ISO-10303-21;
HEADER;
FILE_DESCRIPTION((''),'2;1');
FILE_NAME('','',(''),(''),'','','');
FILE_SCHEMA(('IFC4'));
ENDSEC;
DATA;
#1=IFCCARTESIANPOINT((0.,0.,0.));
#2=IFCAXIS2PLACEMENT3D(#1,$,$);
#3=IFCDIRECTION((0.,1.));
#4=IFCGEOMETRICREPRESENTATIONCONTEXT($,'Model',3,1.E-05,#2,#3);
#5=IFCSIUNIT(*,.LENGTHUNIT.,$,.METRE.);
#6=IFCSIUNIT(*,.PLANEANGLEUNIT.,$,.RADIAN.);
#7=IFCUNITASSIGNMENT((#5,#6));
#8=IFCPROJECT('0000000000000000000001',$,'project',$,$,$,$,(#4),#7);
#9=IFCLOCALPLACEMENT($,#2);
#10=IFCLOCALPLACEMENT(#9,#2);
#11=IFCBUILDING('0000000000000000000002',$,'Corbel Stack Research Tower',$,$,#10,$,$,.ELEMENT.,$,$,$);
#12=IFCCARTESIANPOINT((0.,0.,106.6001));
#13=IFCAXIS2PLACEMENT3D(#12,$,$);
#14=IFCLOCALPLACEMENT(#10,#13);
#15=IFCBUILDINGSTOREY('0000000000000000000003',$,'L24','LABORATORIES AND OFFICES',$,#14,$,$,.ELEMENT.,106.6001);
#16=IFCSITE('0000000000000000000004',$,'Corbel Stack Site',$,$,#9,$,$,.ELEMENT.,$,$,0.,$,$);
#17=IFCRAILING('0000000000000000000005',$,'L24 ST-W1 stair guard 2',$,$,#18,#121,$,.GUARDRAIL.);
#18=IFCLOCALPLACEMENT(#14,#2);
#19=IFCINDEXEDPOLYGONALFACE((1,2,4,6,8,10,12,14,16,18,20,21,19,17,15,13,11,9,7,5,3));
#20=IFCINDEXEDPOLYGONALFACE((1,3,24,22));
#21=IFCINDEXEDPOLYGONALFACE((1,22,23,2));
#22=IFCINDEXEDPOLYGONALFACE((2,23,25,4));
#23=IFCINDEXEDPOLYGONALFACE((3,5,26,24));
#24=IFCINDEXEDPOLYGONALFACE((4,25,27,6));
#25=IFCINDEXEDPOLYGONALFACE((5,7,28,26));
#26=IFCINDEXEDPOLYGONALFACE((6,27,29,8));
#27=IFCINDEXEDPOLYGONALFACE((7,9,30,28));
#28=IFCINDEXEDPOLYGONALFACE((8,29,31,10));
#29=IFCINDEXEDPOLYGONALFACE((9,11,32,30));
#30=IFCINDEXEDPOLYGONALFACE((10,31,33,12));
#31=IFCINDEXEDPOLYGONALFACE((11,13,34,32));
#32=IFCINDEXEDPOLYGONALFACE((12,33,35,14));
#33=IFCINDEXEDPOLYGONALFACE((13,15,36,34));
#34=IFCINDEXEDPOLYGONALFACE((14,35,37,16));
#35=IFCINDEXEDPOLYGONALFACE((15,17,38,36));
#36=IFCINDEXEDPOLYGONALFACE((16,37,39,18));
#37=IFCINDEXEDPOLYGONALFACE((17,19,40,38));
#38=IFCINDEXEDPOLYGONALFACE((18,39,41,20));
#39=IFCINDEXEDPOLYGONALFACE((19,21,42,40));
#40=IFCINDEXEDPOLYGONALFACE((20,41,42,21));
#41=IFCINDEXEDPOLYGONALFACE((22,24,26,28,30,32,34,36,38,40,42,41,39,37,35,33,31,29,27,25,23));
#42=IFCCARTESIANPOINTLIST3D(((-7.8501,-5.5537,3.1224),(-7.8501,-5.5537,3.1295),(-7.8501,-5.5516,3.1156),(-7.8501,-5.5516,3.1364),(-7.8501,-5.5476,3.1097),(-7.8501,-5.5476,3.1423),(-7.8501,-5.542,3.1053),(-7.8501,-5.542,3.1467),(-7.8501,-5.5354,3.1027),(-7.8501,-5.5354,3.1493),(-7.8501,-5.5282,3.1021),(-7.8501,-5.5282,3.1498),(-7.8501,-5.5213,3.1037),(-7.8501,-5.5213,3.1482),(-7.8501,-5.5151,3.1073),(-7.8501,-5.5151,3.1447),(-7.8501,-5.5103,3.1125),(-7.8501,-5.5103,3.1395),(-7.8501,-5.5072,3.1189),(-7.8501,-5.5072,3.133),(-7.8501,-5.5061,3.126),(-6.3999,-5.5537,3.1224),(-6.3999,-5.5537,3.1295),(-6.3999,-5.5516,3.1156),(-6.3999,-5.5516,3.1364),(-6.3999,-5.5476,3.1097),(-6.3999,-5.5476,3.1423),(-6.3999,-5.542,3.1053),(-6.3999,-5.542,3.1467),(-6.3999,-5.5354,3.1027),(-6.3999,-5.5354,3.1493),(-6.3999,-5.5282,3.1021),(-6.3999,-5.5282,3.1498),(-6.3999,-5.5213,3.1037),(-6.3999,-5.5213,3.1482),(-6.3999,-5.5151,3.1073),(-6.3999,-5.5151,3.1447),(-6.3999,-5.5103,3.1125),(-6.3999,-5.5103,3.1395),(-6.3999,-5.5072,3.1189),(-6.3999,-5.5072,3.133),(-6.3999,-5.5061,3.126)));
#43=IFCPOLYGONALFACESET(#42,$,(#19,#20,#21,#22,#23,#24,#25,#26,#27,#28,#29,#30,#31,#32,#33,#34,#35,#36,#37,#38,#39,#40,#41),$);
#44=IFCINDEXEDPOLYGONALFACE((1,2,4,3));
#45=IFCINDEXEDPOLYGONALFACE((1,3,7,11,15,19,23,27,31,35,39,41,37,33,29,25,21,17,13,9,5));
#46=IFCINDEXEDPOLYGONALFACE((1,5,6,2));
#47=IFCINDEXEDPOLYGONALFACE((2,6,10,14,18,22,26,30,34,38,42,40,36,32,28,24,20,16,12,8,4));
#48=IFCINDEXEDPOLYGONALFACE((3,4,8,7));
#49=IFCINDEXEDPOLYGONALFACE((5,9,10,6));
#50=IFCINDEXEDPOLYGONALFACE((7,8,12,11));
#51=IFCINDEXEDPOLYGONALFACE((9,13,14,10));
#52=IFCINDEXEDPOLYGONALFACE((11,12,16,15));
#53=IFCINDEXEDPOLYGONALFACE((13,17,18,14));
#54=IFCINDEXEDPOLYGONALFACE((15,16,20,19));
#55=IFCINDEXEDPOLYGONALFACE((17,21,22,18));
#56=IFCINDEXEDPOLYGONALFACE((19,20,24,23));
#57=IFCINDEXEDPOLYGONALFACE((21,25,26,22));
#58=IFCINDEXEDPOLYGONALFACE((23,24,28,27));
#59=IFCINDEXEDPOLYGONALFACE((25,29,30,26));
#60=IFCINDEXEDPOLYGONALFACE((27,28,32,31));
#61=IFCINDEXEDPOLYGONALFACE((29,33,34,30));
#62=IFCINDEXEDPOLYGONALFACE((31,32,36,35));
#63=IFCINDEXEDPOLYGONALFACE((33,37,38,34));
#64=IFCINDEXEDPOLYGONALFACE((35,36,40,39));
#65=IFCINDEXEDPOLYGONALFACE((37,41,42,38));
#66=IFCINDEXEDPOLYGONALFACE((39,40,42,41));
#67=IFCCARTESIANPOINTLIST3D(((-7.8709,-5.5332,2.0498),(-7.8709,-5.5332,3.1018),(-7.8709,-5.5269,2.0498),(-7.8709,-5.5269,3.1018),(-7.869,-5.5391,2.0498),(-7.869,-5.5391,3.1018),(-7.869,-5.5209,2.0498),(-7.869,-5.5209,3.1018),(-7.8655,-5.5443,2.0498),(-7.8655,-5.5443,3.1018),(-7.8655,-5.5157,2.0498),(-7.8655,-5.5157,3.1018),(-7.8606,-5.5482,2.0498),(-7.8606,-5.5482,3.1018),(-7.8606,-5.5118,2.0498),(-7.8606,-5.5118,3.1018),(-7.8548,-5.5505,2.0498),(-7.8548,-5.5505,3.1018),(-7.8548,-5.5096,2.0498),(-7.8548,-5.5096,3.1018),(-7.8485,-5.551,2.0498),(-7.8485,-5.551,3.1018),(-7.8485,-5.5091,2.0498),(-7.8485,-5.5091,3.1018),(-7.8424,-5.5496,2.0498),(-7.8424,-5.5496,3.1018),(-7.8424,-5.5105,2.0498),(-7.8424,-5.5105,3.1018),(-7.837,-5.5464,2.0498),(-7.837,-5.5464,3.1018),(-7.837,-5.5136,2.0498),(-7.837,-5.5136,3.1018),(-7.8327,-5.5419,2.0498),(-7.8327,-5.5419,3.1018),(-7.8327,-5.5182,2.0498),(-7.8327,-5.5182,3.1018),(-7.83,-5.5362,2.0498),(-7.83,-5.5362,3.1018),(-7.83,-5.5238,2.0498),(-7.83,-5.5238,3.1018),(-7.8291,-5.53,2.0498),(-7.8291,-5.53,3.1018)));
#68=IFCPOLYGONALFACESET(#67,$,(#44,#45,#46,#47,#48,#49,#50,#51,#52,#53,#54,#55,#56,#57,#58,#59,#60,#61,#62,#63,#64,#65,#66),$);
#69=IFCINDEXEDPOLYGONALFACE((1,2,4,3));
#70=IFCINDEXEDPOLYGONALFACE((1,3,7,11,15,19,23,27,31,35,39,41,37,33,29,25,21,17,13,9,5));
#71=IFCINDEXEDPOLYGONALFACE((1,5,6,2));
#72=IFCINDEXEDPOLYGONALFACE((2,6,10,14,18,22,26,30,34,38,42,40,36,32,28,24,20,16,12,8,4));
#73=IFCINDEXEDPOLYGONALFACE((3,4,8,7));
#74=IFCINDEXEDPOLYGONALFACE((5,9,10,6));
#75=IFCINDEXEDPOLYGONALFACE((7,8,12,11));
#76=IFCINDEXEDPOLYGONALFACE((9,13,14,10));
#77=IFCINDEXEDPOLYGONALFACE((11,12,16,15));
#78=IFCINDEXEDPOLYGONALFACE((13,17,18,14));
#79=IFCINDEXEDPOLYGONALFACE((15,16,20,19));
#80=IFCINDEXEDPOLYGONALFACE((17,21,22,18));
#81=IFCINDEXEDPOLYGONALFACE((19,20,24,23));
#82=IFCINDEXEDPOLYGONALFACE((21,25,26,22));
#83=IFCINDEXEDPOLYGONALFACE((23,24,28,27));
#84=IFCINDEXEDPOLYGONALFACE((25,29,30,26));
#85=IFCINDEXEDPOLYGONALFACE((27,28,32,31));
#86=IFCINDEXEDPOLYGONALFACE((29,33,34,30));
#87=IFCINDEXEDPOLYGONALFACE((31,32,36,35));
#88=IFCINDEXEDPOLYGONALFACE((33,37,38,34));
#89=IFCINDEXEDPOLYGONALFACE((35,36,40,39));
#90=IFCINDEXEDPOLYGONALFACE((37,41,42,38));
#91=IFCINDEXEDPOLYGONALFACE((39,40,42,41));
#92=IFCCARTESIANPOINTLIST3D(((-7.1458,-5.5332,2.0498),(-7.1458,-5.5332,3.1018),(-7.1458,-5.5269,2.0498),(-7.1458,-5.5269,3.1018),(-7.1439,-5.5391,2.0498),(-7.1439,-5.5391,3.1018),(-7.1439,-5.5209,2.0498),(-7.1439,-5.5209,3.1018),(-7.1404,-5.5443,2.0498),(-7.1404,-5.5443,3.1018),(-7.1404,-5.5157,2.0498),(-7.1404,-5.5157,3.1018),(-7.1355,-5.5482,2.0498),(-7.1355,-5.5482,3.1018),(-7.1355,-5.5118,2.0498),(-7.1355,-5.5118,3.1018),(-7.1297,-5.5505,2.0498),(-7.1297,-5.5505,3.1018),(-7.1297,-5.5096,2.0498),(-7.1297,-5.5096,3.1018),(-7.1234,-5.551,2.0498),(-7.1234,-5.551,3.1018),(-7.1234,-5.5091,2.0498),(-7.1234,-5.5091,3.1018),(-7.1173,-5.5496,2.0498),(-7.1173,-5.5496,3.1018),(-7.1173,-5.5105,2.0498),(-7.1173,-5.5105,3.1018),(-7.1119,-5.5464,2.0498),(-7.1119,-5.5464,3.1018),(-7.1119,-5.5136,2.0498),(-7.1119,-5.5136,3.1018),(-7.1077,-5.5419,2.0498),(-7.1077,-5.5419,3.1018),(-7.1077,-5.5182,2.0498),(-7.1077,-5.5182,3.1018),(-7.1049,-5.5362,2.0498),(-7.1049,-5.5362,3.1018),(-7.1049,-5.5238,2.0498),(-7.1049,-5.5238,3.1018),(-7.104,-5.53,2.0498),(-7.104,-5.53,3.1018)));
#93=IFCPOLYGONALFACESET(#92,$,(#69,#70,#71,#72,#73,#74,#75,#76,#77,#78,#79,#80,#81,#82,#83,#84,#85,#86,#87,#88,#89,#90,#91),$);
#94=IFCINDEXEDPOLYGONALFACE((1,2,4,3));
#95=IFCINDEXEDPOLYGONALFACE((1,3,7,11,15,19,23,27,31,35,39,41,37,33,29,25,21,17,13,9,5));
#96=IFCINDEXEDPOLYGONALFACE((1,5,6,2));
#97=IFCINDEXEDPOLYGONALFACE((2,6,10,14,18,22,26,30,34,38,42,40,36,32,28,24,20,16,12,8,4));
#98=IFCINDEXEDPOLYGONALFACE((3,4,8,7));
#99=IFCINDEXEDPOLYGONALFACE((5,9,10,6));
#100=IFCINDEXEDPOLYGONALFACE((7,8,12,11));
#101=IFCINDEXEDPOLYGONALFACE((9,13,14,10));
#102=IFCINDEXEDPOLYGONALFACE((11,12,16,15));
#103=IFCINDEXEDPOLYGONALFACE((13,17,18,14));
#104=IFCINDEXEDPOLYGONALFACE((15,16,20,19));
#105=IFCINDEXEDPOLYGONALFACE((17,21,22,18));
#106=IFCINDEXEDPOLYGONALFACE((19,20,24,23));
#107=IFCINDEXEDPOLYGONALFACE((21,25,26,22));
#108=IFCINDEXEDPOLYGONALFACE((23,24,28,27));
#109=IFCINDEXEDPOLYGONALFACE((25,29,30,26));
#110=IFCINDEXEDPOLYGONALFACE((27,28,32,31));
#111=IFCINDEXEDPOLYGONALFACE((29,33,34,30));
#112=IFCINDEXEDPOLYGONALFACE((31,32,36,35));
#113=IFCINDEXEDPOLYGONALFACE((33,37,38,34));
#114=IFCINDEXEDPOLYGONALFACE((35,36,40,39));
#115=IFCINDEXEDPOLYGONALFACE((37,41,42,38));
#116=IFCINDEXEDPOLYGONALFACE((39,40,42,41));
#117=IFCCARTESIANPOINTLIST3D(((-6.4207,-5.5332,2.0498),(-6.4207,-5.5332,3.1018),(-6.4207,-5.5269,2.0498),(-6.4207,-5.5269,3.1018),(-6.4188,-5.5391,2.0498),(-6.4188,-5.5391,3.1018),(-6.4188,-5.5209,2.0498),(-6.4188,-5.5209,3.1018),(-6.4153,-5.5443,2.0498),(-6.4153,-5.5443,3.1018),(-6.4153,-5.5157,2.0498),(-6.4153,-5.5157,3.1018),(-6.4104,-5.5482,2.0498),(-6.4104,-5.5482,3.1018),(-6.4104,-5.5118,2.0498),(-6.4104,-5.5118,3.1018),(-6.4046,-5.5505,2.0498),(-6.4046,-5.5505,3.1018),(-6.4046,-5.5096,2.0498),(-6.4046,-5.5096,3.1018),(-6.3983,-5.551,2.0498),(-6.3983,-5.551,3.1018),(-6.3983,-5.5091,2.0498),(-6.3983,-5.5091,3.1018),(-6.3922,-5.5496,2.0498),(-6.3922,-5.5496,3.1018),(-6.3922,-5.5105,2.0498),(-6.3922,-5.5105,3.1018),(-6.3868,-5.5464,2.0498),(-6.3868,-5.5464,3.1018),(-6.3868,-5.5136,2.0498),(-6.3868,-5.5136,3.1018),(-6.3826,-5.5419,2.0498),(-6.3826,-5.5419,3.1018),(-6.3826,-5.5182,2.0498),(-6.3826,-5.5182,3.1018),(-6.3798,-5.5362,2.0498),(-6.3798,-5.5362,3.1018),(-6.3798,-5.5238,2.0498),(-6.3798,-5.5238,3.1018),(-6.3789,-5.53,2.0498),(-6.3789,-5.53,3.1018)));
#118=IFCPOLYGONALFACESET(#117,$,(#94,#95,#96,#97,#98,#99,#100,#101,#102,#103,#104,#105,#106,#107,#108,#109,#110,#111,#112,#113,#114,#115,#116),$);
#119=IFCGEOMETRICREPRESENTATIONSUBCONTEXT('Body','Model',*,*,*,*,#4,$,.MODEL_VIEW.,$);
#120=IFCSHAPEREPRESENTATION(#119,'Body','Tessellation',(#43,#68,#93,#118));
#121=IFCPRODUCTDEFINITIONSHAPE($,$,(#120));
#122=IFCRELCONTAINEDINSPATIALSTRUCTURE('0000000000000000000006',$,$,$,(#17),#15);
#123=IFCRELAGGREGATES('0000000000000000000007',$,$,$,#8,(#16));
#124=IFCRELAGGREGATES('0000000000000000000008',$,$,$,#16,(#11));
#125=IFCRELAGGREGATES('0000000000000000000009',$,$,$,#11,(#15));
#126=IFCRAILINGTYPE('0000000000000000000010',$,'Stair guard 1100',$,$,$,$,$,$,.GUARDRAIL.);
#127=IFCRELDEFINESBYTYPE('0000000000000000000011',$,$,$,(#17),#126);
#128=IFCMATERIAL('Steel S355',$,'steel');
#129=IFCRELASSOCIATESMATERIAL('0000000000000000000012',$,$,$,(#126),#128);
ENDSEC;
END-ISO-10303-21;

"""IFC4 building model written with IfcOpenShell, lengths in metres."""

from ifc_helpers import new_model, si_unit, direction, frame, origin, origin_2d, place, context, subcontext, project, spatial, circle, extrude, material, type_object, element, save


model = new_model("IFC4")

# Units and contexts
model_context = context("Model", 3, precision=1e-05, world=origin(), true_north=direction((0.0, 1.0)))
body_context = subcontext(model_context, "Body", "Model", "MODEL_VIEW")
ifc_project = project(units=[si_unit("LENGTHUNIT", "METRE"), si_unit("PLANEANGLEUNIT", "RADIAN")], contexts=[model_context])

# Site, building, storey
site_placement = place(None, origin())
site = spatial("IfcSite", under=ifc_project, at=site_placement, Name="Corbel Stack Site", CompositionType="ELEMENT", RefElevation=0.0)
building_placement = place(site_placement, origin())
building = spatial("IfcBuilding", under=site, at=building_placement, Name="Corbel Stack Research Tower", CompositionType="ELEMENT")
storey_placement = place(building_placement, frame((0.0, 0.0, 106.6001)))
storey = spatial("IfcBuildingStorey", under=building, at=storey_placement, Name="L24", Description="LABORATORIES AND OFFICES", CompositionType="ELEMENT", Elevation=106.6001)

# Railing
ifc_material_1 = material(Name="Steel S355", Category="steel")
railing_type_1 = type_object("IfcRailingType", Name="Stair guard 1100", PredefinedType="GUARDRAIL", material=ifc_material_1)
railing_1_placement = place(storey_placement, frame((-7.8501, -5.53, 2.0498)))
element("IfcRailing", 1, at=railing_1_placement, inside=storey, type_object=railing_type_1, Name="L24 ST-W1 stair guard 2", PredefinedType="GUARDRAIL", context=body_context, shape_type="SweptSolid", body=[
    extrude(circle(Radius=0.0239, at=origin_2d()), frame((0.0, 0.0, 1.0762), z_axis=(1.0, 0.0, 0.0), x_axis=(0.0, 1.0, 0.0)), (0.0, 0.0, 1.0), 1.4502),
    extrude(circle(Radius=0.021, at=origin_2d()), origin(), (0.0, 0.0, 1.0), 1.052),
    extrude(circle(Radius=0.021, at=origin_2d()), frame((0.7251, 0.0, 0.0)), (0.0, 0.0, 1.0), 1.052),
    extrude(circle(Radius=0.021, at=origin_2d()), frame((1.4502, 0.0, 0.0)), (0.0, 0.0, 1.0), 1.052),
])

save(model, "model.ifc")
